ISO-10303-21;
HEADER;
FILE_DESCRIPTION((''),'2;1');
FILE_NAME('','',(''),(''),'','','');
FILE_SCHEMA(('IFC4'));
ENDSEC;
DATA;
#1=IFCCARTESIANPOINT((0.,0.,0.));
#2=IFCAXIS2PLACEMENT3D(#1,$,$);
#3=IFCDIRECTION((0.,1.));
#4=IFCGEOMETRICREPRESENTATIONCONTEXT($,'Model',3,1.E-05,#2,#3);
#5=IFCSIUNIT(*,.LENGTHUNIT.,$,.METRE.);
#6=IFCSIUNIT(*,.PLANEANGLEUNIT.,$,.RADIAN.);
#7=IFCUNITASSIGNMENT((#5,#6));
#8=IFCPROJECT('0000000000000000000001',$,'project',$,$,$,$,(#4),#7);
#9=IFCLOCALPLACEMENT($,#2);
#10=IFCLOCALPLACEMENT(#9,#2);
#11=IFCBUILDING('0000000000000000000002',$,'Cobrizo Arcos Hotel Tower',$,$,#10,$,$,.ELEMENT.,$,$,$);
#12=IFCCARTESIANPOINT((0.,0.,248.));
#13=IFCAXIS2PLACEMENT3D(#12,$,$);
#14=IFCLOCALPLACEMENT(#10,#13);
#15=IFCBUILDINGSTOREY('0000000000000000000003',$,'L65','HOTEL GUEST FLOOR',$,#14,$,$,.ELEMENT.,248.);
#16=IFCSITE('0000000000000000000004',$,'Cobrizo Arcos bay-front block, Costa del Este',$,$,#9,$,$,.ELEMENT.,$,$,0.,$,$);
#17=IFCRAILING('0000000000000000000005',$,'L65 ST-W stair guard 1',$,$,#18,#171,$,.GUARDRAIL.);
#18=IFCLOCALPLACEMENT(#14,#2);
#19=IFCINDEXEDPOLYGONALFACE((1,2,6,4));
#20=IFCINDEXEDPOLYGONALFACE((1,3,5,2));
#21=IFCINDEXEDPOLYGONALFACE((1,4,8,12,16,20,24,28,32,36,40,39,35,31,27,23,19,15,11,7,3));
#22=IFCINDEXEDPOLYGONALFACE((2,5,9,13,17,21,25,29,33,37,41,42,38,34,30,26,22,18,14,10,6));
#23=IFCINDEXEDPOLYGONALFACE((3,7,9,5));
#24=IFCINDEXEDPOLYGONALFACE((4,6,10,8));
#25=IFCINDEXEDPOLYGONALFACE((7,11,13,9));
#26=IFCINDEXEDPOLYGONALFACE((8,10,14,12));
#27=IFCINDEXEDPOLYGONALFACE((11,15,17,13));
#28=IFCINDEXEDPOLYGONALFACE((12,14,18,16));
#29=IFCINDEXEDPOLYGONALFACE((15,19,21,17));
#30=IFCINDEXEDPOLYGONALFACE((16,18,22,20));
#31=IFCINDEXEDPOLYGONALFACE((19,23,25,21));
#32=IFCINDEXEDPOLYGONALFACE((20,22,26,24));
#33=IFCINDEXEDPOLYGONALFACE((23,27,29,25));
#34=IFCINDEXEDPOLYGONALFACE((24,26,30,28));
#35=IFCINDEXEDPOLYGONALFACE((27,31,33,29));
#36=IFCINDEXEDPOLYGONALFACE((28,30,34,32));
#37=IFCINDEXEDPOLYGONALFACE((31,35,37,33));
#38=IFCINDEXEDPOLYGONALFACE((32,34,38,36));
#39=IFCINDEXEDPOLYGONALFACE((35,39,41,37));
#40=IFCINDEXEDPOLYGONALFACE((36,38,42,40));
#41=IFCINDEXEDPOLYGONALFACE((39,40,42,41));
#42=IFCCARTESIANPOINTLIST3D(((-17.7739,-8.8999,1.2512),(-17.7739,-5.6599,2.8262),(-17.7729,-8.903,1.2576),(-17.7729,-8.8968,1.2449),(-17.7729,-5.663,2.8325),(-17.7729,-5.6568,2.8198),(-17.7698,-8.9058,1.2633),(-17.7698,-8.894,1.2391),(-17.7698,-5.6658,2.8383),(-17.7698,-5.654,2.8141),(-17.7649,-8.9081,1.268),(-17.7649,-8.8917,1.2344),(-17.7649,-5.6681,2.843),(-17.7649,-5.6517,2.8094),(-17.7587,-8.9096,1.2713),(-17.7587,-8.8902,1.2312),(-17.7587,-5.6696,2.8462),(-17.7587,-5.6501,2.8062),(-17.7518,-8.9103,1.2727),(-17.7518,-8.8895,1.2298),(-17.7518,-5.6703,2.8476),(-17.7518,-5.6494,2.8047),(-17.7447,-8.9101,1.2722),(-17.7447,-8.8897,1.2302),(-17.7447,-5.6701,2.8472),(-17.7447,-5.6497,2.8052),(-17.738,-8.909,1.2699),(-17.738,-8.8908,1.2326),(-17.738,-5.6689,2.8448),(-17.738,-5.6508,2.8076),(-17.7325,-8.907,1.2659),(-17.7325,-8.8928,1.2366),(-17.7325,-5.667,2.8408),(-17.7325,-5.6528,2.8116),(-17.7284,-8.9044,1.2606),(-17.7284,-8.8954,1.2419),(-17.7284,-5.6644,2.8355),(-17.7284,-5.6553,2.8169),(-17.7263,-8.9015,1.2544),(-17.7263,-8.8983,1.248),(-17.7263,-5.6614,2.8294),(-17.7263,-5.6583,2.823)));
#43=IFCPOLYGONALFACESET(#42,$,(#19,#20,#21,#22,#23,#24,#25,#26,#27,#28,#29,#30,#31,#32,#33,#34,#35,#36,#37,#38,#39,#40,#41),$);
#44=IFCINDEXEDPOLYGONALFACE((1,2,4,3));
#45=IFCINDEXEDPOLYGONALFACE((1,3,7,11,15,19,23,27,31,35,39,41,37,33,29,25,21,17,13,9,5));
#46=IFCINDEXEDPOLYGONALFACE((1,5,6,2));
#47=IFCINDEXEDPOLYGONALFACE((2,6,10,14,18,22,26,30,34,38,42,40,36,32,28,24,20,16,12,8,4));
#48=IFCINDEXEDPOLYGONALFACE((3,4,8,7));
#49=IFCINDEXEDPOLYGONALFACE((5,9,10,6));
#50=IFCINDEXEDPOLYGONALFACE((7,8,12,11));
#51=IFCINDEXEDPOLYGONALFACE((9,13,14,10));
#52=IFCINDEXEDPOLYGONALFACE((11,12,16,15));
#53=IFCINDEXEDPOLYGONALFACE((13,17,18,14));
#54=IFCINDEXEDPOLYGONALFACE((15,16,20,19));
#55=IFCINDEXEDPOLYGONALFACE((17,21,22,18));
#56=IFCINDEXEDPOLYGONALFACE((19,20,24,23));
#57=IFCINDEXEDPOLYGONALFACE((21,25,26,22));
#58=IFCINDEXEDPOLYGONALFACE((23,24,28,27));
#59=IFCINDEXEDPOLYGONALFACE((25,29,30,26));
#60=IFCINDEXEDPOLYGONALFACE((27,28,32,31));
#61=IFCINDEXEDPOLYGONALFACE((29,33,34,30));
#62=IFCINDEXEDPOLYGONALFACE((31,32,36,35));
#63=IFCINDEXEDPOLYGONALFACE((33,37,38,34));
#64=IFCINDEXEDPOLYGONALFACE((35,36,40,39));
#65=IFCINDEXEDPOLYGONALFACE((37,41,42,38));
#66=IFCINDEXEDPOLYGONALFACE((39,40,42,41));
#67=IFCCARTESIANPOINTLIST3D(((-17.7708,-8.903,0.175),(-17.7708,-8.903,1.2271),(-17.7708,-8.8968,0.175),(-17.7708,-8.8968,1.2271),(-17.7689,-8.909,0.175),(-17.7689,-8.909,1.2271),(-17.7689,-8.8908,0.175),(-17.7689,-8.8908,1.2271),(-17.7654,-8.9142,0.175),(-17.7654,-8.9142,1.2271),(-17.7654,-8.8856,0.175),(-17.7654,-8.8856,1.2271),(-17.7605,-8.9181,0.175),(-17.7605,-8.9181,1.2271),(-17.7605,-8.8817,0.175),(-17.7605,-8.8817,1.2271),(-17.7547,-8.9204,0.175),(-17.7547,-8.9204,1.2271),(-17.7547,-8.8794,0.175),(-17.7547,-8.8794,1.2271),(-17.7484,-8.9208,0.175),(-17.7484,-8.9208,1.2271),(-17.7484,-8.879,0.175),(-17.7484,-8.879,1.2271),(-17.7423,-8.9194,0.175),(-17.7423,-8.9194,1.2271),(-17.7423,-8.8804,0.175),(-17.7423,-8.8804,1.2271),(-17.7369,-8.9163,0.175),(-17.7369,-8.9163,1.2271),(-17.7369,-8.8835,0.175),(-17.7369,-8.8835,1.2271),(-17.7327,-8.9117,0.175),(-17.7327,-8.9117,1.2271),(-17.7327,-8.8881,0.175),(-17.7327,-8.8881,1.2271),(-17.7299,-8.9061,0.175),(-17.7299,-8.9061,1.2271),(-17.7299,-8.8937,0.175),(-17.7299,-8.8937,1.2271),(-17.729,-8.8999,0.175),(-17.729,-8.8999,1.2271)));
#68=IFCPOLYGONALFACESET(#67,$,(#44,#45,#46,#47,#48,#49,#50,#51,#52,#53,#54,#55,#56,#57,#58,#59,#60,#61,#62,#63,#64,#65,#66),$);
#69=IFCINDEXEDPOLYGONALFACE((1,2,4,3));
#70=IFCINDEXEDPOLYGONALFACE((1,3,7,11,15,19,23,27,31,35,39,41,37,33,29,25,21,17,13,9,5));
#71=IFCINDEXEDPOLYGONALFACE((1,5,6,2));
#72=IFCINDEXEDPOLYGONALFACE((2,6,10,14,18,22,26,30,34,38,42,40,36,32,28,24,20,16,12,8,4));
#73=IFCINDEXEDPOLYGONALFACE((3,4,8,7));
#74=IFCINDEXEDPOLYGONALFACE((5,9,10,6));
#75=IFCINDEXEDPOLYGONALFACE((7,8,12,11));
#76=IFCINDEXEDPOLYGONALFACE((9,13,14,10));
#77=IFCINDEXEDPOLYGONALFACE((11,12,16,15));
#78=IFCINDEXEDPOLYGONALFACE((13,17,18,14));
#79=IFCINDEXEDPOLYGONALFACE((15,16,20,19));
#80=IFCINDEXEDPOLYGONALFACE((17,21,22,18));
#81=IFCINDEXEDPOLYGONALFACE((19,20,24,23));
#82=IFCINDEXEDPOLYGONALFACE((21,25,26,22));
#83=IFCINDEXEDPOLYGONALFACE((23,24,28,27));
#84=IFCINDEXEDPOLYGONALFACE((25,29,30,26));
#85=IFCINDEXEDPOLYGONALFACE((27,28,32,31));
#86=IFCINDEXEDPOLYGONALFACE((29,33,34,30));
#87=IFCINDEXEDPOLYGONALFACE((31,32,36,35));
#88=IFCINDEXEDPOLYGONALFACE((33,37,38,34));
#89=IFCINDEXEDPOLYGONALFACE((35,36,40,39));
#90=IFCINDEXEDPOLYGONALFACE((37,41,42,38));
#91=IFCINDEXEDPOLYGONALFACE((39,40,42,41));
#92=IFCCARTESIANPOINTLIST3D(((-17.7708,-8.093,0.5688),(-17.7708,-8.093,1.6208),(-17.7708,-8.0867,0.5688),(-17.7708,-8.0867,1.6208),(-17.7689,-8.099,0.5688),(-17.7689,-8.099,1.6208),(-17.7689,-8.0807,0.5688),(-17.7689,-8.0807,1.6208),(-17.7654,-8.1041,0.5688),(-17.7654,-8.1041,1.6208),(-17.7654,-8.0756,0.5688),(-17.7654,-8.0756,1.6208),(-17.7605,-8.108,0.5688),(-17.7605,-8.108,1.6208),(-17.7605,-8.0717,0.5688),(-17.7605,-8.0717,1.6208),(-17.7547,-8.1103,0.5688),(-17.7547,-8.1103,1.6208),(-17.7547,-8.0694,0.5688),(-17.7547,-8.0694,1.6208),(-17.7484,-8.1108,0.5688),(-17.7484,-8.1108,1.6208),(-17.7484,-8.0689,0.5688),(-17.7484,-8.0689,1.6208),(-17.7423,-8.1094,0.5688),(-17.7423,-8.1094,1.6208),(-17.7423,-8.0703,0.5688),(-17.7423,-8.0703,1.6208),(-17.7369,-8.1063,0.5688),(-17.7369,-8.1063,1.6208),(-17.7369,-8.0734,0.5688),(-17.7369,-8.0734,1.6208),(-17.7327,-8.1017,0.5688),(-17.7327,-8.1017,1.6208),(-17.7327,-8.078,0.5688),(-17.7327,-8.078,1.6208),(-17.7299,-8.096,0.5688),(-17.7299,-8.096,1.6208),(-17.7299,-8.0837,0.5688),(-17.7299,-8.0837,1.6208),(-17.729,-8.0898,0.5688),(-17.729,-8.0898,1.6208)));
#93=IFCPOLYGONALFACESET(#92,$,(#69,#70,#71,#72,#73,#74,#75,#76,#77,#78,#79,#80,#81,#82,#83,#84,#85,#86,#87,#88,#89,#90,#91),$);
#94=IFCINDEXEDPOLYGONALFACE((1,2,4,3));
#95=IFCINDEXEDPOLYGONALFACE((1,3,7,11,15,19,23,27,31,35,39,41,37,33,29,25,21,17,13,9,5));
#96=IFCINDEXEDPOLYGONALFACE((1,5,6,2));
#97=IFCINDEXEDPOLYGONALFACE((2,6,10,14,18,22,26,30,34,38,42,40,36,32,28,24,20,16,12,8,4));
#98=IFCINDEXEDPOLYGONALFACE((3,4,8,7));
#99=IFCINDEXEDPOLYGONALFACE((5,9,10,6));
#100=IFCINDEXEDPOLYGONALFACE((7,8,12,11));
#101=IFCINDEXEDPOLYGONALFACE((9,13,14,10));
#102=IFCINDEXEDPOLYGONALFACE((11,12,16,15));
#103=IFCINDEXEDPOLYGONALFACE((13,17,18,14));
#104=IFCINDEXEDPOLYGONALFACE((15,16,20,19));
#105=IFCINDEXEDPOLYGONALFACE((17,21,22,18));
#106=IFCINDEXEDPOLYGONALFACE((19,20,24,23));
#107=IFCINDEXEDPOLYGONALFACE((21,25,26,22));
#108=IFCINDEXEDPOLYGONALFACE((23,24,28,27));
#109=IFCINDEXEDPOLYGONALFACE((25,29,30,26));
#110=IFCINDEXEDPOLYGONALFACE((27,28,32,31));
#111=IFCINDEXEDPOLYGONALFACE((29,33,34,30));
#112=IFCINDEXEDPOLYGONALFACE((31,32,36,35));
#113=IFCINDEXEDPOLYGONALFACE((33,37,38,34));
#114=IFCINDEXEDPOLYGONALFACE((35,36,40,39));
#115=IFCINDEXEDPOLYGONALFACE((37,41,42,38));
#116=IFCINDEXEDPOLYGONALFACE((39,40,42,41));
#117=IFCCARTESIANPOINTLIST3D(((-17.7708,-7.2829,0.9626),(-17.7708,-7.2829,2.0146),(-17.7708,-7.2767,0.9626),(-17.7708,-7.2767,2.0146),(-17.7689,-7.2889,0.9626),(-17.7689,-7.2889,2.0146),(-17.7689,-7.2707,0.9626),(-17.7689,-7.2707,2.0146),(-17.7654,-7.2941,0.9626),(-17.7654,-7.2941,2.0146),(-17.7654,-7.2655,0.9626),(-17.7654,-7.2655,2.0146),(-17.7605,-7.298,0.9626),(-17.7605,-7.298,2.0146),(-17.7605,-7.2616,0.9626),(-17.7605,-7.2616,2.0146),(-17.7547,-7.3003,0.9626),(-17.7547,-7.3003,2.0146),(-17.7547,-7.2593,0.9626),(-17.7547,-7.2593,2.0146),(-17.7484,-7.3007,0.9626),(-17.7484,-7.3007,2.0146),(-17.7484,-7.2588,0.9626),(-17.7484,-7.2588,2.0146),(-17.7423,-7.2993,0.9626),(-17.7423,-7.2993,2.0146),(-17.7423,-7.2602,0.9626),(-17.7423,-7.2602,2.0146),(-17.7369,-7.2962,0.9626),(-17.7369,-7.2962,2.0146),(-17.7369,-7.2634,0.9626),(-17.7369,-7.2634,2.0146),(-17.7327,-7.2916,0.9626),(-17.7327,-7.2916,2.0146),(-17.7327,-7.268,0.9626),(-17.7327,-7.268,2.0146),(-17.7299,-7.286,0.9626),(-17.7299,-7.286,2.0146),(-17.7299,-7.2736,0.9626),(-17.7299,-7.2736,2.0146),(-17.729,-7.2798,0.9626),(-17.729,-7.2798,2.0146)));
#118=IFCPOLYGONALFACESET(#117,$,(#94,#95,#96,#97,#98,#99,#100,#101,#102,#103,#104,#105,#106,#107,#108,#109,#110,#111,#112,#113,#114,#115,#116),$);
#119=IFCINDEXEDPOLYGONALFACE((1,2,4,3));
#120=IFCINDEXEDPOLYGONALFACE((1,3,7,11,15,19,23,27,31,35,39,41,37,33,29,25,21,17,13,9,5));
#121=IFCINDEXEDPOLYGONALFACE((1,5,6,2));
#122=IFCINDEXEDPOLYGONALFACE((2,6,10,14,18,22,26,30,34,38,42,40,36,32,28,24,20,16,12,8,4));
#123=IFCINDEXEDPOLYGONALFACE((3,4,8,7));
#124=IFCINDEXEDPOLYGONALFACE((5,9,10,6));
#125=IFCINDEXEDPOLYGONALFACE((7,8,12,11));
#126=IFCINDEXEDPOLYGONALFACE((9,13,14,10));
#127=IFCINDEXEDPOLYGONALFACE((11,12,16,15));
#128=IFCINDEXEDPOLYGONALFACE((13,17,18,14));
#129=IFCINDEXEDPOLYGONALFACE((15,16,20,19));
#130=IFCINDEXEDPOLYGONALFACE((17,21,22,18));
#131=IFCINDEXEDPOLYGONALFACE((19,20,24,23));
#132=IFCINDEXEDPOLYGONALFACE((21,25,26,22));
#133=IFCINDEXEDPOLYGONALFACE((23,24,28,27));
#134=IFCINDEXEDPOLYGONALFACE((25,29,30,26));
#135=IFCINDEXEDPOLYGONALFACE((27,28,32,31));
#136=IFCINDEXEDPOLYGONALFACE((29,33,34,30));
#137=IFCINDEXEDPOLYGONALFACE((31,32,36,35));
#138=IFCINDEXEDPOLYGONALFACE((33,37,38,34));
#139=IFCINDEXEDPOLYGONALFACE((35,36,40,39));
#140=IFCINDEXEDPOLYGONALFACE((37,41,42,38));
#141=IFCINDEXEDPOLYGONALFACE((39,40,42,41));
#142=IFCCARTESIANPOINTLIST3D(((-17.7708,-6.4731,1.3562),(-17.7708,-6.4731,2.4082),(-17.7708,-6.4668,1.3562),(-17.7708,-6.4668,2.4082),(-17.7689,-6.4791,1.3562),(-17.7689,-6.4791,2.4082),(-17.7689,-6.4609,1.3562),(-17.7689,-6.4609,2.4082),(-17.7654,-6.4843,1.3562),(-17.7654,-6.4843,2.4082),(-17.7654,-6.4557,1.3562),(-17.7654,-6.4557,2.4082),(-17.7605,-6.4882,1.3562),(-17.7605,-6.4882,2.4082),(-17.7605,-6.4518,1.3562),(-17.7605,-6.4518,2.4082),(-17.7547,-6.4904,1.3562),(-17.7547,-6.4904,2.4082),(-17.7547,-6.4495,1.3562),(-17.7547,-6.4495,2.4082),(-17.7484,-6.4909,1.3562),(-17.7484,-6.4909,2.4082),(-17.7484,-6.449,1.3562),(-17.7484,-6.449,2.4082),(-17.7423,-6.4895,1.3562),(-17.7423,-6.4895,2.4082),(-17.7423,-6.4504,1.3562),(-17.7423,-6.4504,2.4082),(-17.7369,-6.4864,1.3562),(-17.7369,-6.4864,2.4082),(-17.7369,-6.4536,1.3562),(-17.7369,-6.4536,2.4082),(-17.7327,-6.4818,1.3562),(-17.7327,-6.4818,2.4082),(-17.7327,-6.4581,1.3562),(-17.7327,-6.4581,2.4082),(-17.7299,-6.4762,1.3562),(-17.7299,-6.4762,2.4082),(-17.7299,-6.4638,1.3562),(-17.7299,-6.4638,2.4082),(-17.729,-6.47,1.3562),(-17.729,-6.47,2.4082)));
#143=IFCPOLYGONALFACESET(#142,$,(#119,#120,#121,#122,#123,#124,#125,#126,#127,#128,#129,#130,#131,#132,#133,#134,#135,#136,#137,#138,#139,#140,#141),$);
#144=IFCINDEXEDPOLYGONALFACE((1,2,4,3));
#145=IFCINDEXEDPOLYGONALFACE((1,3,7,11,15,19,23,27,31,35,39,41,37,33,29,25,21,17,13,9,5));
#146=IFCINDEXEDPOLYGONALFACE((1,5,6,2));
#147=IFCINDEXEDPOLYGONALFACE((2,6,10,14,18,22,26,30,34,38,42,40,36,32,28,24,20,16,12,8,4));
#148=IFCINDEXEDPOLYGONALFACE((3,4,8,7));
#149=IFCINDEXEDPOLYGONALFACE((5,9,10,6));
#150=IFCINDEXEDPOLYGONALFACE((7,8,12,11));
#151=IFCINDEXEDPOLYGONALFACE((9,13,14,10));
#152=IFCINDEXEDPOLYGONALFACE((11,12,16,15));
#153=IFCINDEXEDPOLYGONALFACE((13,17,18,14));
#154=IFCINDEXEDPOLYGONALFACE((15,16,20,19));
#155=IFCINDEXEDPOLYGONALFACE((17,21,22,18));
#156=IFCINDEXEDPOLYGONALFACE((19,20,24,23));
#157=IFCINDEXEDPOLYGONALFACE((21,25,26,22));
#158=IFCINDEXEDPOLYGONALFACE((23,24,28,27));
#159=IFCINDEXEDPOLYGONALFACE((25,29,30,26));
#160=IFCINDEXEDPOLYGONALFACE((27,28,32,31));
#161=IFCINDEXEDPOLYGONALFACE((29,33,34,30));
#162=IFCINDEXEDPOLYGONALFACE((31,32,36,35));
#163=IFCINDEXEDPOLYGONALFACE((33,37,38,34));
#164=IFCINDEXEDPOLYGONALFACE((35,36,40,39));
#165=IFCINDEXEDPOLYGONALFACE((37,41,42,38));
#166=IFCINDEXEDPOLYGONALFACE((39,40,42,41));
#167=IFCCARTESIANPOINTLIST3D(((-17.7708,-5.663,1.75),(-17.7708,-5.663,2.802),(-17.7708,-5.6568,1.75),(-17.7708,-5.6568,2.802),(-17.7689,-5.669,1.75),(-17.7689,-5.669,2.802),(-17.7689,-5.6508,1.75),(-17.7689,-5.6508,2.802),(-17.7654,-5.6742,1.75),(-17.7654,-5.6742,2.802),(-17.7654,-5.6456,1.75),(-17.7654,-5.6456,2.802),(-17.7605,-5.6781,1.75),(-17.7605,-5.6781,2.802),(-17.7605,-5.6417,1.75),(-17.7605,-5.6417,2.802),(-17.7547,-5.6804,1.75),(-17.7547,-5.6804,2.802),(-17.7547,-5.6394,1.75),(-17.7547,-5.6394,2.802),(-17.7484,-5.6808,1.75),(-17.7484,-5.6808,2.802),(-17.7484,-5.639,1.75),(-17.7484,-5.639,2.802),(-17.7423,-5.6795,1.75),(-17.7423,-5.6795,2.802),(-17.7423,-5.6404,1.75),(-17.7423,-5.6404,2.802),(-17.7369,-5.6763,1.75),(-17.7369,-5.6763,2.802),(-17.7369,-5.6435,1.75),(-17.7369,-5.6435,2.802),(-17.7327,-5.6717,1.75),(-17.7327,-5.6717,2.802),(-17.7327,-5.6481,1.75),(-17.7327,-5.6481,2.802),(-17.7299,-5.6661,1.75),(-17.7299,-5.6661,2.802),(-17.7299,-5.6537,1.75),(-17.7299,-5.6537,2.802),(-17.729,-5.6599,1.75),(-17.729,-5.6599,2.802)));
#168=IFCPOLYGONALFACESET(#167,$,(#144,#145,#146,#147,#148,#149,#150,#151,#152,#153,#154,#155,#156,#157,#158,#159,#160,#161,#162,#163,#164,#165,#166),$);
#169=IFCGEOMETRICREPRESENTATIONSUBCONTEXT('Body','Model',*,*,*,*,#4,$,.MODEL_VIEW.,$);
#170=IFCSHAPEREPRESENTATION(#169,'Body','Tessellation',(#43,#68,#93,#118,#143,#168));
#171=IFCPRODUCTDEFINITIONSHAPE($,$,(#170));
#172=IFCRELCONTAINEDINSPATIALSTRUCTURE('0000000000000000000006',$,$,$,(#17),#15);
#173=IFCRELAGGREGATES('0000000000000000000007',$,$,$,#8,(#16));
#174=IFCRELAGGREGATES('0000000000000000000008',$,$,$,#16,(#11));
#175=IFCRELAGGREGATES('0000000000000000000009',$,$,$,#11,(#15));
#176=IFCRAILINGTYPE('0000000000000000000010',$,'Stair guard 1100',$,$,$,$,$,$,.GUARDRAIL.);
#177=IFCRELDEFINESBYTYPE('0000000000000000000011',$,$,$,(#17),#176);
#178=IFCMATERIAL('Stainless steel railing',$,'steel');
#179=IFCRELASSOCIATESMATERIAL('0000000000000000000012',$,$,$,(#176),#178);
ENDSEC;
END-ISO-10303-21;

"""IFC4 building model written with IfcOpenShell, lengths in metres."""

from ifc_helpers import new_model, si_unit, direction, frame, origin, origin_2d, place, context, subcontext, project, spatial, circle, extrude, material, type_object, element, save


model = new_model("IFC4")

# Units and contexts
model_context = context("Model", 3, precision=1e-05, world=origin(), true_north=direction((0.0, 1.0)))
body_context = subcontext(model_context, "Body", "Model", "MODEL_VIEW")
ifc_project = project(units=[si_unit("LENGTHUNIT", "METRE"), si_unit("PLANEANGLEUNIT", "RADIAN")], contexts=[model_context])

# Site, building, storey
site_placement = place(None, origin())
site = spatial("IfcSite", under=ifc_project, at=site_placement, Name="Cobrizo Arcos bay-front block, Costa del Este", CompositionType="ELEMENT", RefElevation=0.0)
building_placement = place(site_placement, origin())
building = spatial("IfcBuilding", under=site, at=building_placement, Name="Cobrizo Arcos Hotel Tower", CompositionType="ELEMENT")
storey_placement = place(building_placement, frame((0.0, 0.0, 248.0)))
storey = spatial("IfcBuildingStorey", under=building, at=storey_placement, Name="L65", Description="HOTEL GUEST FLOOR", CompositionType="ELEMENT", Elevation=248.0)

# Railing
ifc_material_1 = material(Name="Stainless steel railing", Category="steel")
railing_type_1 = type_object("IfcRailingType", Name="Stair guard 1100", PredefinedType="GUARDRAIL", material=ifc_material_1)
railing_1_placement = place(storey_placement, frame((-17.75, -8.8999, 0.175)))
element("IfcRailing", 1, at=railing_1_placement, inside=storey, type_object=railing_type_1, Name="L65 ST-W stair guard 1", PredefinedType="GUARDRAIL", context=body_context, shape_type="SweptSolid", body=[
    extrude(circle(Radius=0.0239, at=origin_2d()), frame((0.0, 0.0, 1.0762), z_axis=(0.0, 0.899373, 0.437183), x_axis=(-1.0, 0.0, 0.0)), (0.0, 0.0, 1.0), 3.6025),
    extrude(circle(Radius=0.021, at=origin_2d()), origin(), (0.0, 0.0, 1.0), 1.052),
    extrude(circle(Radius=0.021, at=origin_2d()), frame((0.0, 0.8101, 0.3938)), (0.0, 0.0, 1.0), 1.052),
    extrude(circle(Radius=0.021, at=origin_2d()), frame((0.0, 1.6201, 0.7876)), (0.0, 0.0, 1.0), 1.052),
    extrude(circle(Radius=0.021, at=origin_2d()), frame((0.0, 2.4299, 1.1812)), (0.0, 0.0, 1.0), 1.052),
    extrude(circle(Radius=0.021, at=origin_2d()), frame((0.0, 3.24, 1.575)), (0.0, 0.0, 1.0), 1.052),
])

save(model, "model.ifc")
